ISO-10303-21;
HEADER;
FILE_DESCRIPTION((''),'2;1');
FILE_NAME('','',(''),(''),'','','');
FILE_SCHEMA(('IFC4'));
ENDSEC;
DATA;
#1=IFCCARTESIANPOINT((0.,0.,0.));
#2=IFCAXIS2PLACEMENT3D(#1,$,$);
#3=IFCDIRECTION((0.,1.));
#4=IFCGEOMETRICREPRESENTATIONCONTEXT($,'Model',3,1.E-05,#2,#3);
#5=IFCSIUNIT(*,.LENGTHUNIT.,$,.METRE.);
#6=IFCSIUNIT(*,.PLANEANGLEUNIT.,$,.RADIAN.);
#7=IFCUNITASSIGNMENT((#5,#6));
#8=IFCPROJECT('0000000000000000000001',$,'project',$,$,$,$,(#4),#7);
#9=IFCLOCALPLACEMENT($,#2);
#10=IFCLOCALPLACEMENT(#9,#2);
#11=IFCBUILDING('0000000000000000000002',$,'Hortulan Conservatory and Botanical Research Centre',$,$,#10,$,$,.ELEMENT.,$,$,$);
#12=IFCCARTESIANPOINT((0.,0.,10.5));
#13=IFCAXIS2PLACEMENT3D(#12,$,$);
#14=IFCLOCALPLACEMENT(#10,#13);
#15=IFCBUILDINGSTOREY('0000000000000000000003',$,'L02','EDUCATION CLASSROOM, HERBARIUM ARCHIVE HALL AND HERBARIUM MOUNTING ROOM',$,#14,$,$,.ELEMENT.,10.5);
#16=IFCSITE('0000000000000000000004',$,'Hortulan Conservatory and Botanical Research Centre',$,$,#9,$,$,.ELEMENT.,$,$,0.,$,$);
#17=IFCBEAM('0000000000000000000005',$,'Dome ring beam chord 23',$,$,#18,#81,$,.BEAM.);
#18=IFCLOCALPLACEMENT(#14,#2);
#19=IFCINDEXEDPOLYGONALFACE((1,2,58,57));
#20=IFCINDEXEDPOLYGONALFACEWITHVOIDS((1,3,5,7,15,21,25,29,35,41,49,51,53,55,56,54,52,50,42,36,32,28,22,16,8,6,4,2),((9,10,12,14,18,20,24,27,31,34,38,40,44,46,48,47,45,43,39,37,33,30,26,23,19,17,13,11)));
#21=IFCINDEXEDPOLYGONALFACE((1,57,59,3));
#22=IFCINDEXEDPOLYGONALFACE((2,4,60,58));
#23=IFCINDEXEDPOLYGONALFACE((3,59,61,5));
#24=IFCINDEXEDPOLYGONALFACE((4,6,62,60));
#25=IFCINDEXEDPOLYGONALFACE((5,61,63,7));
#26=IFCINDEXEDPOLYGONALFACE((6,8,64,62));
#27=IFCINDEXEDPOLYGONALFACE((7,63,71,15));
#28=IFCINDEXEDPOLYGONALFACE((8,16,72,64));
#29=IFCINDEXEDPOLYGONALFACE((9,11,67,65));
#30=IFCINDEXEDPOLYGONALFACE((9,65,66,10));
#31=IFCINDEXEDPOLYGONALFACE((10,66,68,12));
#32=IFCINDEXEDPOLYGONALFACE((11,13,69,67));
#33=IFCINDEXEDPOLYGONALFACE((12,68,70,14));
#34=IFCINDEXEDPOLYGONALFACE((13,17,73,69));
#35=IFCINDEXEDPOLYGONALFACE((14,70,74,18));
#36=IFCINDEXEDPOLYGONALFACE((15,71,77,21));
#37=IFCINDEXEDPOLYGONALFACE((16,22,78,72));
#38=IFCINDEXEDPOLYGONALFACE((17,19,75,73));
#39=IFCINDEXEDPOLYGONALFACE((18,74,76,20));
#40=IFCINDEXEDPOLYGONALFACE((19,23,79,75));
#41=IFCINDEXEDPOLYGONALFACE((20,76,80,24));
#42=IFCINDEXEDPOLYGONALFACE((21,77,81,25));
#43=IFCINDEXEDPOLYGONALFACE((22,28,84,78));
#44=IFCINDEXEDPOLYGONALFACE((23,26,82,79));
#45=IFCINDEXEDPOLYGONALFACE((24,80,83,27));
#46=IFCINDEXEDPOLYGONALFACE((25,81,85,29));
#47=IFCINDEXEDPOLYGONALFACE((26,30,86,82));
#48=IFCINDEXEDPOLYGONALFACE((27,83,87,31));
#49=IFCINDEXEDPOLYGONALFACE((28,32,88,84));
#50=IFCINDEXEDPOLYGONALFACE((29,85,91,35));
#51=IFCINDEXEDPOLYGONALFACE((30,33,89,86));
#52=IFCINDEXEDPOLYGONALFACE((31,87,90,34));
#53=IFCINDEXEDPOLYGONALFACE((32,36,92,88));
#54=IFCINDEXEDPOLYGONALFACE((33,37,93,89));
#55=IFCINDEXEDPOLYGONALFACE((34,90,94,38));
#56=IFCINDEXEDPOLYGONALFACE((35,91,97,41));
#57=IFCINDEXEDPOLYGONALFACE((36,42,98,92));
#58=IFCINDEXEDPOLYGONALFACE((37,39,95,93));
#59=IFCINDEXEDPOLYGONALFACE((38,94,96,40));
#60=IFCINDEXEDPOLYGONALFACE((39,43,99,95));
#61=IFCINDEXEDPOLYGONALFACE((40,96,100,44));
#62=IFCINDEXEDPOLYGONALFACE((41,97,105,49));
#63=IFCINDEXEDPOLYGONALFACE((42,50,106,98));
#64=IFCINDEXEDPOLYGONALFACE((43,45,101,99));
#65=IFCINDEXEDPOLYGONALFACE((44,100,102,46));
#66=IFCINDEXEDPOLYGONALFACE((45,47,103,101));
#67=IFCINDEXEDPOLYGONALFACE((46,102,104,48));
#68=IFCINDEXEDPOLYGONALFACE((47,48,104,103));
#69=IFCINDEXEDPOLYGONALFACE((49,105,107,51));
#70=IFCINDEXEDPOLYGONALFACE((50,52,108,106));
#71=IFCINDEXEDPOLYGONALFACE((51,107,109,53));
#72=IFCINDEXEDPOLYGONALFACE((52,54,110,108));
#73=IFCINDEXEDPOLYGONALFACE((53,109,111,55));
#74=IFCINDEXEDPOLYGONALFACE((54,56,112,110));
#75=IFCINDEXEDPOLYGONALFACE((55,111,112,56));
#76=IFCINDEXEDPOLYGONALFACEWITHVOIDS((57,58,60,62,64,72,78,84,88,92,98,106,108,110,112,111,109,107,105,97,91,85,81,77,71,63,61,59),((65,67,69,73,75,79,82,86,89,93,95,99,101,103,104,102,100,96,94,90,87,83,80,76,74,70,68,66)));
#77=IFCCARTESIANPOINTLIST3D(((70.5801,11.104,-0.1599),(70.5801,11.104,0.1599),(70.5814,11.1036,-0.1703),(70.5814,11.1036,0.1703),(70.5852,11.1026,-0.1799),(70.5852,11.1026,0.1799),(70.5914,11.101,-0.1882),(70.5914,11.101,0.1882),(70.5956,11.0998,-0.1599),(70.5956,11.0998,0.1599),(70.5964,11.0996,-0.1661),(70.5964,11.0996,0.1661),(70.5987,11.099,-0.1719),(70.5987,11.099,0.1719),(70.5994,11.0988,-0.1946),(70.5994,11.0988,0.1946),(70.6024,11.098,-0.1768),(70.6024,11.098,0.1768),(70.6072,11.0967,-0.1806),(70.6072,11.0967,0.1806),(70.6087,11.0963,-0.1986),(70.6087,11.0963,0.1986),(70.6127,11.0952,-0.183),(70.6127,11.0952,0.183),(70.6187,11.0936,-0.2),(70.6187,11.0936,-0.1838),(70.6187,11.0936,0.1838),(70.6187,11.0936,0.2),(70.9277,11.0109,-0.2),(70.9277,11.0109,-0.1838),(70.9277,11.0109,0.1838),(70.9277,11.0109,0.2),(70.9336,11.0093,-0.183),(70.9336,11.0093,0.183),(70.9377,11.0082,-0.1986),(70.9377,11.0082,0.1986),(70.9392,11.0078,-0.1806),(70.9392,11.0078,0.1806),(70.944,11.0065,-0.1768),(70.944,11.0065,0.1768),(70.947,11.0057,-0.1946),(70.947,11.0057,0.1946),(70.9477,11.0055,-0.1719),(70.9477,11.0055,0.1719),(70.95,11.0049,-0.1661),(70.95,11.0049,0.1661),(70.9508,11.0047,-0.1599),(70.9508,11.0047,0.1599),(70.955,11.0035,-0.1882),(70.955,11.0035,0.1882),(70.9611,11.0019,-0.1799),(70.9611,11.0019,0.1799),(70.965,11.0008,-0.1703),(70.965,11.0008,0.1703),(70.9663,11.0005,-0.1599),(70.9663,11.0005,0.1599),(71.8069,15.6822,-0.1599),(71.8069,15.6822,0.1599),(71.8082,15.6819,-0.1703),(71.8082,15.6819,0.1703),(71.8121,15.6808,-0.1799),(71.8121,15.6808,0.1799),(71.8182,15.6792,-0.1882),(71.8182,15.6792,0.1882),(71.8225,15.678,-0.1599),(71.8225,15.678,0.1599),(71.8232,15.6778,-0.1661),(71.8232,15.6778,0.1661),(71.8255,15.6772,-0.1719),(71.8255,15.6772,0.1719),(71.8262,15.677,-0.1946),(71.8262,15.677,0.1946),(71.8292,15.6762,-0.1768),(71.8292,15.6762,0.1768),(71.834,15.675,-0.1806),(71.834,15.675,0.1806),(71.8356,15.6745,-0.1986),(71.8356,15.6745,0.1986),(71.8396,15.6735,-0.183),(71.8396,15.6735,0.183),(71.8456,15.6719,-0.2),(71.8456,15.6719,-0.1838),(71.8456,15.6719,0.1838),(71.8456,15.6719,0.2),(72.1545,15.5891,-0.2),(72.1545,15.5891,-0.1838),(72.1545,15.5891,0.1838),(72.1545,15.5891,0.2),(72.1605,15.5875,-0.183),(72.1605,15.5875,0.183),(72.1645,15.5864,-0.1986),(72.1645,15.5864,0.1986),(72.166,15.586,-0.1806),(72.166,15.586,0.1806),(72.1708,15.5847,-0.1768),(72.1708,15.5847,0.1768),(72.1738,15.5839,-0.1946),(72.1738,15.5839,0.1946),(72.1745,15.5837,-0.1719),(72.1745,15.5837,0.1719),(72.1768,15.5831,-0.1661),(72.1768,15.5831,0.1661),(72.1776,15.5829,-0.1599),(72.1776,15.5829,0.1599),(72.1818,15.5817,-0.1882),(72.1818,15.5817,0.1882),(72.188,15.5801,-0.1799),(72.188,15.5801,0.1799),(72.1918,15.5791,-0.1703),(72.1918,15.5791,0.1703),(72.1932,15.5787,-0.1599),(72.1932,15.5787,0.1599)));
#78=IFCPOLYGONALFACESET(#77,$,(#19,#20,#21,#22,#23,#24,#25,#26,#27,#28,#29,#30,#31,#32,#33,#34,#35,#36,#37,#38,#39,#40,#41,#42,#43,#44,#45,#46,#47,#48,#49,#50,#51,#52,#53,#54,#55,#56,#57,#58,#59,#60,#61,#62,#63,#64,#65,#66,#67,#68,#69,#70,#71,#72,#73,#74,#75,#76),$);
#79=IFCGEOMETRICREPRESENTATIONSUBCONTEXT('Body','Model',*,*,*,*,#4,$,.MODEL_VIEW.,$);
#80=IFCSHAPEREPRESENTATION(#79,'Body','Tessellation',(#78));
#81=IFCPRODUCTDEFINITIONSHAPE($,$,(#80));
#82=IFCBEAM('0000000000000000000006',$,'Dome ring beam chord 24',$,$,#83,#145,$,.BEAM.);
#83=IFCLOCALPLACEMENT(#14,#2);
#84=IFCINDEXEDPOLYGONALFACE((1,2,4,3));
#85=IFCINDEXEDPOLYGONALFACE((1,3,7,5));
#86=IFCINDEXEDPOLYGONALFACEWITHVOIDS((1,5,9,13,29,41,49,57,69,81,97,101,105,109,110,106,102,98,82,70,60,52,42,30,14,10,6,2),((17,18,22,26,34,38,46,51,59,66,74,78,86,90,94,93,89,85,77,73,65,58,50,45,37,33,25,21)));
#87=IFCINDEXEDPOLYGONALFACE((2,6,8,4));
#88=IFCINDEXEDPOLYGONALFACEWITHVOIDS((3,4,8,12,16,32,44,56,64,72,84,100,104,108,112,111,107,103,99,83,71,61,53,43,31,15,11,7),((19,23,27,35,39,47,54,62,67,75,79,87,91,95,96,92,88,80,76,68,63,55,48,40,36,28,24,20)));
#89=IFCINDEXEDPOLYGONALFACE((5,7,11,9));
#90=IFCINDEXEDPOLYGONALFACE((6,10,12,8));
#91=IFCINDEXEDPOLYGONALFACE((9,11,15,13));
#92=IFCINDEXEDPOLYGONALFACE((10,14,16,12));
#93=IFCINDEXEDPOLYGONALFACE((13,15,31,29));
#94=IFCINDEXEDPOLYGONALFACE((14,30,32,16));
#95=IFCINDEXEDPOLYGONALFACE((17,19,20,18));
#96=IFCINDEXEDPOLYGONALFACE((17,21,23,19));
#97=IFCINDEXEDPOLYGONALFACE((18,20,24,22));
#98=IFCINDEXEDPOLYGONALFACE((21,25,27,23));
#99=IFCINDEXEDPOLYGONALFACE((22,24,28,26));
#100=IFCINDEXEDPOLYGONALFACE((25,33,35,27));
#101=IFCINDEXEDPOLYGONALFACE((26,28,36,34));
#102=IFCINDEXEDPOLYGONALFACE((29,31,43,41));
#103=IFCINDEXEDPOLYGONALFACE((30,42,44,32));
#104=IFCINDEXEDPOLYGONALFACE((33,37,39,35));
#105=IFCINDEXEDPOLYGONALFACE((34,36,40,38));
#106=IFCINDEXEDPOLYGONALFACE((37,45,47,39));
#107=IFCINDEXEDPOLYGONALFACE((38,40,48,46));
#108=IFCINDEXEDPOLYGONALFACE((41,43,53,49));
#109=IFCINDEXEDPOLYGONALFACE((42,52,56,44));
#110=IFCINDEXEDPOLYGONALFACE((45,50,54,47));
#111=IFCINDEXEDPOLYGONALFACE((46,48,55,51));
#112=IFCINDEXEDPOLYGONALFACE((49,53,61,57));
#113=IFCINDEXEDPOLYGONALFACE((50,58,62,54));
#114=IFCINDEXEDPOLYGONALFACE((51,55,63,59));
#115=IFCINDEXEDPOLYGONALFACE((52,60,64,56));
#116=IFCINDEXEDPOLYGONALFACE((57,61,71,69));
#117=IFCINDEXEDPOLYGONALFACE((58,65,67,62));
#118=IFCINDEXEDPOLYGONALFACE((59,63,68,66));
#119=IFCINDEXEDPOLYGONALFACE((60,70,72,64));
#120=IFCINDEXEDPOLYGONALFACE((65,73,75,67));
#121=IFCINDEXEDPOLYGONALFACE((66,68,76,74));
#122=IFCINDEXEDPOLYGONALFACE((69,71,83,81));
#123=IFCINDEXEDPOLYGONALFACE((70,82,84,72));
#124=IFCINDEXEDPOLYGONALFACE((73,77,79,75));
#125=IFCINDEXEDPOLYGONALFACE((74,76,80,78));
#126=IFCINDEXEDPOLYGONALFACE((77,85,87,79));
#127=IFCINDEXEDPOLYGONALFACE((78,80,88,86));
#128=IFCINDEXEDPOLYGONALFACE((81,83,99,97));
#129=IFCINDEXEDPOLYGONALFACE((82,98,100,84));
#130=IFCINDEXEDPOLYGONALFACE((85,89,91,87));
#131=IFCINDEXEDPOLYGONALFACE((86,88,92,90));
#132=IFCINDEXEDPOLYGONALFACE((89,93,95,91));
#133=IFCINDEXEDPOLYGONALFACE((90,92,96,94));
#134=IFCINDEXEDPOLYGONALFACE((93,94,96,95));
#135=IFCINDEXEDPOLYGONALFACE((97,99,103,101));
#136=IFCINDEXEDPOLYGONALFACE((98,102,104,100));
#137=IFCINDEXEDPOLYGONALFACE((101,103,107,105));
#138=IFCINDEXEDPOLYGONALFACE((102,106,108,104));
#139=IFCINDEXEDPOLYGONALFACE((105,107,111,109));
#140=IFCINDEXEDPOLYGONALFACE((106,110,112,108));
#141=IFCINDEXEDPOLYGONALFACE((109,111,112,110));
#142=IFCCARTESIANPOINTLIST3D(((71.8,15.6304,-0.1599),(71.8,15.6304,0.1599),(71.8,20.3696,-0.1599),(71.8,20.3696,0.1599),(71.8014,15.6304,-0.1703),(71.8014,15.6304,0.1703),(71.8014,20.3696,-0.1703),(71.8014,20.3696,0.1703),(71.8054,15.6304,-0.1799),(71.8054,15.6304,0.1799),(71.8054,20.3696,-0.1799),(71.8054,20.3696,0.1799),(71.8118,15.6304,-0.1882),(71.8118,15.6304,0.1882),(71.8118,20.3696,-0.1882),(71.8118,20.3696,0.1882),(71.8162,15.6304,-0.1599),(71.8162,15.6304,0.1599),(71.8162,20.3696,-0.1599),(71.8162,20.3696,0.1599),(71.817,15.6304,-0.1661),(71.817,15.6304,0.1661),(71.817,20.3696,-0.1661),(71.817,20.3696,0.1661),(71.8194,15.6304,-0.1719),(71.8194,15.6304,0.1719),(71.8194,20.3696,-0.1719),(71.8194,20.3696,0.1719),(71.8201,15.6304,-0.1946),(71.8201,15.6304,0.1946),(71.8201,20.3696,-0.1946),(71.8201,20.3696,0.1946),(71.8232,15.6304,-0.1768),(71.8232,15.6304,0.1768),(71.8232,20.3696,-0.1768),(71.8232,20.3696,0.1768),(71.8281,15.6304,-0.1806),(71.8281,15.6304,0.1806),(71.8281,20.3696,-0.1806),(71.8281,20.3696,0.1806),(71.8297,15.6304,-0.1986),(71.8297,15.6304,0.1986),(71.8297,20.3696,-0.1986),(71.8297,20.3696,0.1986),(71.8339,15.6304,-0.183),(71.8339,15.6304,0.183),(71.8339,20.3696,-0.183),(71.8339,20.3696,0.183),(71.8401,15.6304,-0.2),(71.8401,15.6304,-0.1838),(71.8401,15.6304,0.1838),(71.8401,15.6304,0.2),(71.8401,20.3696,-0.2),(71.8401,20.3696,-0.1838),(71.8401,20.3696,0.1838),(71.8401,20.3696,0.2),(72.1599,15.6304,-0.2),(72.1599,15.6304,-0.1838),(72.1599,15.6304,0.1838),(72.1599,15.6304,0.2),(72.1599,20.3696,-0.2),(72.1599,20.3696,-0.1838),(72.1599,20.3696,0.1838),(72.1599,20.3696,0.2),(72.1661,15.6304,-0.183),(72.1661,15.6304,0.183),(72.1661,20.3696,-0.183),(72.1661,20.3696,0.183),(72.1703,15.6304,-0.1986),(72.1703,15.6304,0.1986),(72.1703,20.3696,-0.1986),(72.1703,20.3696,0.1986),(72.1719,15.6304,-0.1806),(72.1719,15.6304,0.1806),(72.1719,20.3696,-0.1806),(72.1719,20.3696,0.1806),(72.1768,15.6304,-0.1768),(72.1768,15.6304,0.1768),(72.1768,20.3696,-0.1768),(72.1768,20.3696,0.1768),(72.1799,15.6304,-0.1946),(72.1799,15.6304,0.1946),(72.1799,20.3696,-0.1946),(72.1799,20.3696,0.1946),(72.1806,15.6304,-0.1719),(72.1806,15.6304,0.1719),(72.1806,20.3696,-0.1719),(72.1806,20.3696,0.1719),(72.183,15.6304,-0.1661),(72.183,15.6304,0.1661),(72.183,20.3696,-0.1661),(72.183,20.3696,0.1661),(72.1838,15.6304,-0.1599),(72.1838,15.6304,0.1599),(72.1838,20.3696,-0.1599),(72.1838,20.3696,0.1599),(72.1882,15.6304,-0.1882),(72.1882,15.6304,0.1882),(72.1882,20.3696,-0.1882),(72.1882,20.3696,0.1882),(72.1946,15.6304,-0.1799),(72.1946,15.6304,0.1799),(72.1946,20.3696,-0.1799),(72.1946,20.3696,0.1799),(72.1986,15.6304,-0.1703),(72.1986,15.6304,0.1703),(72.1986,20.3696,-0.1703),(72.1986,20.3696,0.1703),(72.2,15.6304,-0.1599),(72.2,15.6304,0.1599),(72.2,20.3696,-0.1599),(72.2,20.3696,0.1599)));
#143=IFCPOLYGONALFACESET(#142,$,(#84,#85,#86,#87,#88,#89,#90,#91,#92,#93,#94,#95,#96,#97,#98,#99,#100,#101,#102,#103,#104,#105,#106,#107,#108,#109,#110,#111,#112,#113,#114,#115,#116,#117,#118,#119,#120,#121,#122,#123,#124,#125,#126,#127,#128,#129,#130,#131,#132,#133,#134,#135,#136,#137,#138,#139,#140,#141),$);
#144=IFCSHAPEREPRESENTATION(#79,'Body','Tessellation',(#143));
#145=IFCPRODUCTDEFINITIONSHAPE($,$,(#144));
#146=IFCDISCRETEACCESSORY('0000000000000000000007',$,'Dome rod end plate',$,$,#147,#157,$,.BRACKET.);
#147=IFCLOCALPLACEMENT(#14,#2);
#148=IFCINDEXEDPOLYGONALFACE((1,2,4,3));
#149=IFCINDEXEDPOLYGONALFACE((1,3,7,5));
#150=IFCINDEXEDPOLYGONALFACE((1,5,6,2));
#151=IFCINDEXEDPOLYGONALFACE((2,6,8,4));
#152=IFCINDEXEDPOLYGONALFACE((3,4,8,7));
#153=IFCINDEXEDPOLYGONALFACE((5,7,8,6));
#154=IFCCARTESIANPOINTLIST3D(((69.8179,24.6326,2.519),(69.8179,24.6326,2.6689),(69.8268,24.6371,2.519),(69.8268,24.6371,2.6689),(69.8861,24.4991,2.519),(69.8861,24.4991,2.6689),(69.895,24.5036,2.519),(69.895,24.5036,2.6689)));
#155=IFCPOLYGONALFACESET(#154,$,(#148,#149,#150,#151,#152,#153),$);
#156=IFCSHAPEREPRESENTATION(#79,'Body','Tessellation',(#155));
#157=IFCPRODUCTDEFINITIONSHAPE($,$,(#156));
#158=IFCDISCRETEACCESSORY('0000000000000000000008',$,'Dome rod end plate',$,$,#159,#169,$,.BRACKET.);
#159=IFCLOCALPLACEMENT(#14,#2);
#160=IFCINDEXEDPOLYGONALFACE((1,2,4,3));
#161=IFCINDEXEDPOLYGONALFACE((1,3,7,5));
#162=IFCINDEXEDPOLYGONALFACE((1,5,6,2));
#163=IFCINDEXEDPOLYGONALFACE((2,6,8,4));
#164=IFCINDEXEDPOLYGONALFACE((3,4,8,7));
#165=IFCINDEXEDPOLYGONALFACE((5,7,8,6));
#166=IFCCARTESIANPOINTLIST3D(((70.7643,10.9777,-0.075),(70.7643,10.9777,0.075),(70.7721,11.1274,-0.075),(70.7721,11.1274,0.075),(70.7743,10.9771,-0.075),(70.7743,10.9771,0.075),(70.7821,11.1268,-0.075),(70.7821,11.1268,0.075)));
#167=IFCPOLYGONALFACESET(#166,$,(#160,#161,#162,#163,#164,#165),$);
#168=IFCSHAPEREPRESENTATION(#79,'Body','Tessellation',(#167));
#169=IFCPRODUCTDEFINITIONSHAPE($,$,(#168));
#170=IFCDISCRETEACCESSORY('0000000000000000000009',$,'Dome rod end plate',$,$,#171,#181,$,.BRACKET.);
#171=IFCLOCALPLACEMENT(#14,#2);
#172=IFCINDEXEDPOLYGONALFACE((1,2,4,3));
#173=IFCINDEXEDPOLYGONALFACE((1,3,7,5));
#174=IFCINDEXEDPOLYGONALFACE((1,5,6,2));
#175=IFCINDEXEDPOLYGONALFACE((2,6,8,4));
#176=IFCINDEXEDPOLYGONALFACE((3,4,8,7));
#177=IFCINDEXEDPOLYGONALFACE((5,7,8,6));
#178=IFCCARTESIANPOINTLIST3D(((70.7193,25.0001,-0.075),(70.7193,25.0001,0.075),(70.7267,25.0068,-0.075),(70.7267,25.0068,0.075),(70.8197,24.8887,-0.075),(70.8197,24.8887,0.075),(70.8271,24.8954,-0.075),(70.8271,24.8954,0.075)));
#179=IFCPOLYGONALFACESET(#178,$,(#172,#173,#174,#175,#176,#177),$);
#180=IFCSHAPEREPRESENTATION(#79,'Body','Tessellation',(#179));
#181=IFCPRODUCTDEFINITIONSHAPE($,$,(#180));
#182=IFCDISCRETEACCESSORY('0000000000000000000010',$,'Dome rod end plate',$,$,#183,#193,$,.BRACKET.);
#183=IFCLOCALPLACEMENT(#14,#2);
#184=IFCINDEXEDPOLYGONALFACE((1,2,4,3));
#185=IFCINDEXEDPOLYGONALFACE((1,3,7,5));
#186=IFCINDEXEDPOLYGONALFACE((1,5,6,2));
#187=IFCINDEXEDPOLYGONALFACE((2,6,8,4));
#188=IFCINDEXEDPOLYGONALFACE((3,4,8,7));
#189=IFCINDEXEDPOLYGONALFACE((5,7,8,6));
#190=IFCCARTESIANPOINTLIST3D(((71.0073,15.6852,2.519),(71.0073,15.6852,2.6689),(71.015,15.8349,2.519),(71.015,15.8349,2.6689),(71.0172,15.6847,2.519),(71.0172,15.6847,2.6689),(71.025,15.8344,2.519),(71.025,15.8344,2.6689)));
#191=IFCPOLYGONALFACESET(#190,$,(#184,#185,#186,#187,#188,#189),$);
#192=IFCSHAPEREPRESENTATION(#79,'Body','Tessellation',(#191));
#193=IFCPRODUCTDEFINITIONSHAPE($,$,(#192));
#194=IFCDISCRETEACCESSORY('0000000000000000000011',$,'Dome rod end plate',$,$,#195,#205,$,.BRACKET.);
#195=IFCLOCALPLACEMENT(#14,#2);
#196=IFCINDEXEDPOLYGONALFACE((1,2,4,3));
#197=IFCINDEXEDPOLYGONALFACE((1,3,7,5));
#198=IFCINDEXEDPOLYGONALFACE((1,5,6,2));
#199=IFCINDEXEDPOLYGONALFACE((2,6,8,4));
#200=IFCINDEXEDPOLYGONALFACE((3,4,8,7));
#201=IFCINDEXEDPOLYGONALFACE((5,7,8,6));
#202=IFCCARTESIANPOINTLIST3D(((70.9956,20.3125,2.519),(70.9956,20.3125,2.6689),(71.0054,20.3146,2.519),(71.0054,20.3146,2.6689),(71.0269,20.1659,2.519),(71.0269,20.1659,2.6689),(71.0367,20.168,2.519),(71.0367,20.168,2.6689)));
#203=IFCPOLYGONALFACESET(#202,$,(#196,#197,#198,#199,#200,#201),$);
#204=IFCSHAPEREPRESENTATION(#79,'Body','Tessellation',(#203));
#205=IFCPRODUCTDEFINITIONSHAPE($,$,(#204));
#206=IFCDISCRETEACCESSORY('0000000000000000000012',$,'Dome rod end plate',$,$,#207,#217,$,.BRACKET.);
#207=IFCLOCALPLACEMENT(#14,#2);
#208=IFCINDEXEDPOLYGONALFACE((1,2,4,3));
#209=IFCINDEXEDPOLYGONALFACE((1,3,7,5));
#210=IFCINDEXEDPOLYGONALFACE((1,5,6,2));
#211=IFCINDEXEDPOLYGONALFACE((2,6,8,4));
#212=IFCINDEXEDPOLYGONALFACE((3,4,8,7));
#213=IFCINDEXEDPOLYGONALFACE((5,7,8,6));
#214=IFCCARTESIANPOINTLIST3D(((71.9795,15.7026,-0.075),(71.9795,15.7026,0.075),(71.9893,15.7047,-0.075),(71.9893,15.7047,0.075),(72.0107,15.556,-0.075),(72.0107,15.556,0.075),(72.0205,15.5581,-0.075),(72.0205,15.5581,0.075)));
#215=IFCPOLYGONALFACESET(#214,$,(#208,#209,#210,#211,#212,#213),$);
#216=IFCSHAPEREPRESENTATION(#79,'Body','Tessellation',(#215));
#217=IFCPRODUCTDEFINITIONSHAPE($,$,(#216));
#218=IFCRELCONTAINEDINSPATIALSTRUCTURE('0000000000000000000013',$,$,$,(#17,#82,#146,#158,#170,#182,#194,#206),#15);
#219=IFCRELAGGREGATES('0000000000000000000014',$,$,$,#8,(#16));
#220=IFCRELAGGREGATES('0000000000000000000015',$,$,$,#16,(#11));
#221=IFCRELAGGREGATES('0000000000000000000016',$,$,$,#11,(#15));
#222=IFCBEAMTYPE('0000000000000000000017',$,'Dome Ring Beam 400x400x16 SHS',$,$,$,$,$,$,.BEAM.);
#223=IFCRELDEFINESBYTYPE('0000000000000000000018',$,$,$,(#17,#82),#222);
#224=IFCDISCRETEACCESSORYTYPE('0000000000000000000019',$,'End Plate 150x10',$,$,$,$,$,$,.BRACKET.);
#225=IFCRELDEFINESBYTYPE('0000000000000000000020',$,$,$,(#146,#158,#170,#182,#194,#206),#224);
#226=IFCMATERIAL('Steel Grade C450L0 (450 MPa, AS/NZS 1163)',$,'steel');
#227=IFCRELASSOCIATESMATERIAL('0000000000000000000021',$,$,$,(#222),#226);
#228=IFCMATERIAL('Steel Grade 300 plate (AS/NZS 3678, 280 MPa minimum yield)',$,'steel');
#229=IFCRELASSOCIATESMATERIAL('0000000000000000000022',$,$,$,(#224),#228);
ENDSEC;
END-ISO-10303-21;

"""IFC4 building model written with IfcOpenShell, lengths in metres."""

from ifc_helpers import new_model, si_unit, direction, frame, origin, origin_2d, place, context, subcontext, project, spatial, rectangle, hollow_rectangle, extrude, material, material_profile, profile_set, type_object, element, save


model = new_model("IFC4")

# Units and contexts
model_context = context("Model", 3, precision=1e-05, world=origin(), true_north=direction((0.0, 1.0)))
body_context = subcontext(model_context, "Body", "Model", "MODEL_VIEW")
ifc_project = project(units=[si_unit("LENGTHUNIT", "METRE"), si_unit("PLANEANGLEUNIT", "RADIAN")], contexts=[model_context])

# Site, building, storey
site_placement = place(None, origin())
site = spatial("IfcSite", under=ifc_project, at=site_placement, Name="Hortulan Conservatory and Botanical Research Centre", CompositionType="ELEMENT", RefElevation=0.0)
building_placement = place(site_placement, origin())
building = spatial("IfcBuilding", under=site, at=building_placement, Name="Hortulan Conservatory and Botanical Research Centre", CompositionType="ELEMENT")
storey_placement = place(building_placement, frame((0.0, 0.0, 10.5)))
storey = spatial("IfcBuildingStorey", under=building, at=storey_placement, Name="L02", Description="EDUCATION CLASSROOM, HERBARIUM ARCHIVE HALL AND HERBARIUM MOUNTING ROOM", CompositionType="ELEMENT", Elevation=10.5)

# Beams
ifc_material_1 = material(Name="Steel Grade C450L0 (450 MPa, AS/NZS 1163)", Category="steel")
ifc_material_profile_1 = material_profile(ifc_material_1, hollow_rectangle(XDim=0.3999, YDim=0.3999, WallThickness=0.0161, InnerFilletRadius=0.0239, OuterFilletRadius=0.04, at=origin_2d()), Name="400x400x16SHS")
ifc_profile_set_1 = profile_set([ifc_material_profile_1], Name="Steel Grade C450L0 (450 MPa, AS/NZS 1163)")
beam_type_1 = type_object("IfcBeamType", Name="Dome Ring Beam 400x400x16 SHS", PredefinedType="BEAM", material=ifc_profile_set_1)
beam_1_placement = place(storey_placement, frame((70.7732, 11.0522, 0.0), z_axis=(0.258839, 0.96592, 0.0), x_axis=(-0.96592, 0.258839, 0.0)))
element("IfcBeam", 1, at=beam_1_placement, inside=storey, type_object=beam_type_1, Name="Dome ring beam chord 23", PredefinedType="BEAM", context=body_context, shape_type="SweptSolid", body=[
    extrude(hollow_rectangle(XDim=0.3999, YDim=0.3999, WallThickness=0.0161, InnerFilletRadius=0.0239, OuterFilletRadius=0.04, at=origin_2d()), origin(), (0.0, 0.0, 1.0), 4.7397),
])
beam_2_placement = place(storey_placement, frame((72.0, 15.6304, 0.0), z_axis=(0.0, 1.0, 0.0), x_axis=(-1.0, 0.0, 0.0)))
element("IfcBeam", 2, at=beam_2_placement, inside=storey, type_object=beam_type_1, Name="Dome ring beam chord 24", PredefinedType="BEAM", context=body_context, shape_type="SweptSolid", body=[
    extrude(hollow_rectangle(XDim=0.3999, YDim=0.3999, WallThickness=0.0161, InnerFilletRadius=0.0239, OuterFilletRadius=0.04, at=origin_2d()), origin(), (0.0, 0.0, 1.0), 4.7393),
])

# Discrete accessories
ifc_material_2 = material(Name="Steel Grade 300 plate (AS/NZS 3678, 280 MPa minimum yield)", Category="steel")
discrete_accessory_type = type_object("IfcDiscreteAccessoryType", Name="End Plate 150x10", PredefinedType="BRACKET", material=ifc_material_2)
for number, where, z_axis, x_axis, name in (
    (3, (69.8564, 24.5681, 2.519), (0.0, 0.0, 1.0), (0.454721, -0.890634, 0.0), "Dome rod end plate"),
    (4, (70.7732, 11.0522, -0.075), (0.0, 0.0, 1.0), (0.051534, 0.998671, 0.0), "Dome rod end plate"),
    (5, (70.7732, 24.9478, -0.075), (0.0, 0.0, 1.0), (0.669727, -0.742607, 0.0), "Dome rod end plate"),
    (6, (71.0161, 15.7598, 2.519), (0.0, 0.0, 1.0), (0.051534, 0.998671, 0.0), "Dome rod end plate"),
    (7, (71.0161, 20.2402, 2.519), (0.0, 0.0, 1.0), (0.208714, -0.977977, 0.0), "Dome rod end plate"),
    (8, (72.0, 15.6304, -0.075), (0.0, 0.0, 1.0), (0.208714, -0.977977, 0.0), "Dome rod end plate"),
):
    element("IfcDiscreteAccessory", number, at=place(storey_placement, frame(where, z_axis=z_axis, x_axis=x_axis)), inside=storey, type_object=discrete_accessory_type, Name=name, PredefinedType="BRACKET", context=body_context, shape_type="SweptSolid", body=[
        extrude(rectangle(XDim=0.1499, YDim=0.01, at=origin_2d()), origin(), (0.0, 0.0, 1.0), 0.1499),
    ])

save(model, "model.ifc")
